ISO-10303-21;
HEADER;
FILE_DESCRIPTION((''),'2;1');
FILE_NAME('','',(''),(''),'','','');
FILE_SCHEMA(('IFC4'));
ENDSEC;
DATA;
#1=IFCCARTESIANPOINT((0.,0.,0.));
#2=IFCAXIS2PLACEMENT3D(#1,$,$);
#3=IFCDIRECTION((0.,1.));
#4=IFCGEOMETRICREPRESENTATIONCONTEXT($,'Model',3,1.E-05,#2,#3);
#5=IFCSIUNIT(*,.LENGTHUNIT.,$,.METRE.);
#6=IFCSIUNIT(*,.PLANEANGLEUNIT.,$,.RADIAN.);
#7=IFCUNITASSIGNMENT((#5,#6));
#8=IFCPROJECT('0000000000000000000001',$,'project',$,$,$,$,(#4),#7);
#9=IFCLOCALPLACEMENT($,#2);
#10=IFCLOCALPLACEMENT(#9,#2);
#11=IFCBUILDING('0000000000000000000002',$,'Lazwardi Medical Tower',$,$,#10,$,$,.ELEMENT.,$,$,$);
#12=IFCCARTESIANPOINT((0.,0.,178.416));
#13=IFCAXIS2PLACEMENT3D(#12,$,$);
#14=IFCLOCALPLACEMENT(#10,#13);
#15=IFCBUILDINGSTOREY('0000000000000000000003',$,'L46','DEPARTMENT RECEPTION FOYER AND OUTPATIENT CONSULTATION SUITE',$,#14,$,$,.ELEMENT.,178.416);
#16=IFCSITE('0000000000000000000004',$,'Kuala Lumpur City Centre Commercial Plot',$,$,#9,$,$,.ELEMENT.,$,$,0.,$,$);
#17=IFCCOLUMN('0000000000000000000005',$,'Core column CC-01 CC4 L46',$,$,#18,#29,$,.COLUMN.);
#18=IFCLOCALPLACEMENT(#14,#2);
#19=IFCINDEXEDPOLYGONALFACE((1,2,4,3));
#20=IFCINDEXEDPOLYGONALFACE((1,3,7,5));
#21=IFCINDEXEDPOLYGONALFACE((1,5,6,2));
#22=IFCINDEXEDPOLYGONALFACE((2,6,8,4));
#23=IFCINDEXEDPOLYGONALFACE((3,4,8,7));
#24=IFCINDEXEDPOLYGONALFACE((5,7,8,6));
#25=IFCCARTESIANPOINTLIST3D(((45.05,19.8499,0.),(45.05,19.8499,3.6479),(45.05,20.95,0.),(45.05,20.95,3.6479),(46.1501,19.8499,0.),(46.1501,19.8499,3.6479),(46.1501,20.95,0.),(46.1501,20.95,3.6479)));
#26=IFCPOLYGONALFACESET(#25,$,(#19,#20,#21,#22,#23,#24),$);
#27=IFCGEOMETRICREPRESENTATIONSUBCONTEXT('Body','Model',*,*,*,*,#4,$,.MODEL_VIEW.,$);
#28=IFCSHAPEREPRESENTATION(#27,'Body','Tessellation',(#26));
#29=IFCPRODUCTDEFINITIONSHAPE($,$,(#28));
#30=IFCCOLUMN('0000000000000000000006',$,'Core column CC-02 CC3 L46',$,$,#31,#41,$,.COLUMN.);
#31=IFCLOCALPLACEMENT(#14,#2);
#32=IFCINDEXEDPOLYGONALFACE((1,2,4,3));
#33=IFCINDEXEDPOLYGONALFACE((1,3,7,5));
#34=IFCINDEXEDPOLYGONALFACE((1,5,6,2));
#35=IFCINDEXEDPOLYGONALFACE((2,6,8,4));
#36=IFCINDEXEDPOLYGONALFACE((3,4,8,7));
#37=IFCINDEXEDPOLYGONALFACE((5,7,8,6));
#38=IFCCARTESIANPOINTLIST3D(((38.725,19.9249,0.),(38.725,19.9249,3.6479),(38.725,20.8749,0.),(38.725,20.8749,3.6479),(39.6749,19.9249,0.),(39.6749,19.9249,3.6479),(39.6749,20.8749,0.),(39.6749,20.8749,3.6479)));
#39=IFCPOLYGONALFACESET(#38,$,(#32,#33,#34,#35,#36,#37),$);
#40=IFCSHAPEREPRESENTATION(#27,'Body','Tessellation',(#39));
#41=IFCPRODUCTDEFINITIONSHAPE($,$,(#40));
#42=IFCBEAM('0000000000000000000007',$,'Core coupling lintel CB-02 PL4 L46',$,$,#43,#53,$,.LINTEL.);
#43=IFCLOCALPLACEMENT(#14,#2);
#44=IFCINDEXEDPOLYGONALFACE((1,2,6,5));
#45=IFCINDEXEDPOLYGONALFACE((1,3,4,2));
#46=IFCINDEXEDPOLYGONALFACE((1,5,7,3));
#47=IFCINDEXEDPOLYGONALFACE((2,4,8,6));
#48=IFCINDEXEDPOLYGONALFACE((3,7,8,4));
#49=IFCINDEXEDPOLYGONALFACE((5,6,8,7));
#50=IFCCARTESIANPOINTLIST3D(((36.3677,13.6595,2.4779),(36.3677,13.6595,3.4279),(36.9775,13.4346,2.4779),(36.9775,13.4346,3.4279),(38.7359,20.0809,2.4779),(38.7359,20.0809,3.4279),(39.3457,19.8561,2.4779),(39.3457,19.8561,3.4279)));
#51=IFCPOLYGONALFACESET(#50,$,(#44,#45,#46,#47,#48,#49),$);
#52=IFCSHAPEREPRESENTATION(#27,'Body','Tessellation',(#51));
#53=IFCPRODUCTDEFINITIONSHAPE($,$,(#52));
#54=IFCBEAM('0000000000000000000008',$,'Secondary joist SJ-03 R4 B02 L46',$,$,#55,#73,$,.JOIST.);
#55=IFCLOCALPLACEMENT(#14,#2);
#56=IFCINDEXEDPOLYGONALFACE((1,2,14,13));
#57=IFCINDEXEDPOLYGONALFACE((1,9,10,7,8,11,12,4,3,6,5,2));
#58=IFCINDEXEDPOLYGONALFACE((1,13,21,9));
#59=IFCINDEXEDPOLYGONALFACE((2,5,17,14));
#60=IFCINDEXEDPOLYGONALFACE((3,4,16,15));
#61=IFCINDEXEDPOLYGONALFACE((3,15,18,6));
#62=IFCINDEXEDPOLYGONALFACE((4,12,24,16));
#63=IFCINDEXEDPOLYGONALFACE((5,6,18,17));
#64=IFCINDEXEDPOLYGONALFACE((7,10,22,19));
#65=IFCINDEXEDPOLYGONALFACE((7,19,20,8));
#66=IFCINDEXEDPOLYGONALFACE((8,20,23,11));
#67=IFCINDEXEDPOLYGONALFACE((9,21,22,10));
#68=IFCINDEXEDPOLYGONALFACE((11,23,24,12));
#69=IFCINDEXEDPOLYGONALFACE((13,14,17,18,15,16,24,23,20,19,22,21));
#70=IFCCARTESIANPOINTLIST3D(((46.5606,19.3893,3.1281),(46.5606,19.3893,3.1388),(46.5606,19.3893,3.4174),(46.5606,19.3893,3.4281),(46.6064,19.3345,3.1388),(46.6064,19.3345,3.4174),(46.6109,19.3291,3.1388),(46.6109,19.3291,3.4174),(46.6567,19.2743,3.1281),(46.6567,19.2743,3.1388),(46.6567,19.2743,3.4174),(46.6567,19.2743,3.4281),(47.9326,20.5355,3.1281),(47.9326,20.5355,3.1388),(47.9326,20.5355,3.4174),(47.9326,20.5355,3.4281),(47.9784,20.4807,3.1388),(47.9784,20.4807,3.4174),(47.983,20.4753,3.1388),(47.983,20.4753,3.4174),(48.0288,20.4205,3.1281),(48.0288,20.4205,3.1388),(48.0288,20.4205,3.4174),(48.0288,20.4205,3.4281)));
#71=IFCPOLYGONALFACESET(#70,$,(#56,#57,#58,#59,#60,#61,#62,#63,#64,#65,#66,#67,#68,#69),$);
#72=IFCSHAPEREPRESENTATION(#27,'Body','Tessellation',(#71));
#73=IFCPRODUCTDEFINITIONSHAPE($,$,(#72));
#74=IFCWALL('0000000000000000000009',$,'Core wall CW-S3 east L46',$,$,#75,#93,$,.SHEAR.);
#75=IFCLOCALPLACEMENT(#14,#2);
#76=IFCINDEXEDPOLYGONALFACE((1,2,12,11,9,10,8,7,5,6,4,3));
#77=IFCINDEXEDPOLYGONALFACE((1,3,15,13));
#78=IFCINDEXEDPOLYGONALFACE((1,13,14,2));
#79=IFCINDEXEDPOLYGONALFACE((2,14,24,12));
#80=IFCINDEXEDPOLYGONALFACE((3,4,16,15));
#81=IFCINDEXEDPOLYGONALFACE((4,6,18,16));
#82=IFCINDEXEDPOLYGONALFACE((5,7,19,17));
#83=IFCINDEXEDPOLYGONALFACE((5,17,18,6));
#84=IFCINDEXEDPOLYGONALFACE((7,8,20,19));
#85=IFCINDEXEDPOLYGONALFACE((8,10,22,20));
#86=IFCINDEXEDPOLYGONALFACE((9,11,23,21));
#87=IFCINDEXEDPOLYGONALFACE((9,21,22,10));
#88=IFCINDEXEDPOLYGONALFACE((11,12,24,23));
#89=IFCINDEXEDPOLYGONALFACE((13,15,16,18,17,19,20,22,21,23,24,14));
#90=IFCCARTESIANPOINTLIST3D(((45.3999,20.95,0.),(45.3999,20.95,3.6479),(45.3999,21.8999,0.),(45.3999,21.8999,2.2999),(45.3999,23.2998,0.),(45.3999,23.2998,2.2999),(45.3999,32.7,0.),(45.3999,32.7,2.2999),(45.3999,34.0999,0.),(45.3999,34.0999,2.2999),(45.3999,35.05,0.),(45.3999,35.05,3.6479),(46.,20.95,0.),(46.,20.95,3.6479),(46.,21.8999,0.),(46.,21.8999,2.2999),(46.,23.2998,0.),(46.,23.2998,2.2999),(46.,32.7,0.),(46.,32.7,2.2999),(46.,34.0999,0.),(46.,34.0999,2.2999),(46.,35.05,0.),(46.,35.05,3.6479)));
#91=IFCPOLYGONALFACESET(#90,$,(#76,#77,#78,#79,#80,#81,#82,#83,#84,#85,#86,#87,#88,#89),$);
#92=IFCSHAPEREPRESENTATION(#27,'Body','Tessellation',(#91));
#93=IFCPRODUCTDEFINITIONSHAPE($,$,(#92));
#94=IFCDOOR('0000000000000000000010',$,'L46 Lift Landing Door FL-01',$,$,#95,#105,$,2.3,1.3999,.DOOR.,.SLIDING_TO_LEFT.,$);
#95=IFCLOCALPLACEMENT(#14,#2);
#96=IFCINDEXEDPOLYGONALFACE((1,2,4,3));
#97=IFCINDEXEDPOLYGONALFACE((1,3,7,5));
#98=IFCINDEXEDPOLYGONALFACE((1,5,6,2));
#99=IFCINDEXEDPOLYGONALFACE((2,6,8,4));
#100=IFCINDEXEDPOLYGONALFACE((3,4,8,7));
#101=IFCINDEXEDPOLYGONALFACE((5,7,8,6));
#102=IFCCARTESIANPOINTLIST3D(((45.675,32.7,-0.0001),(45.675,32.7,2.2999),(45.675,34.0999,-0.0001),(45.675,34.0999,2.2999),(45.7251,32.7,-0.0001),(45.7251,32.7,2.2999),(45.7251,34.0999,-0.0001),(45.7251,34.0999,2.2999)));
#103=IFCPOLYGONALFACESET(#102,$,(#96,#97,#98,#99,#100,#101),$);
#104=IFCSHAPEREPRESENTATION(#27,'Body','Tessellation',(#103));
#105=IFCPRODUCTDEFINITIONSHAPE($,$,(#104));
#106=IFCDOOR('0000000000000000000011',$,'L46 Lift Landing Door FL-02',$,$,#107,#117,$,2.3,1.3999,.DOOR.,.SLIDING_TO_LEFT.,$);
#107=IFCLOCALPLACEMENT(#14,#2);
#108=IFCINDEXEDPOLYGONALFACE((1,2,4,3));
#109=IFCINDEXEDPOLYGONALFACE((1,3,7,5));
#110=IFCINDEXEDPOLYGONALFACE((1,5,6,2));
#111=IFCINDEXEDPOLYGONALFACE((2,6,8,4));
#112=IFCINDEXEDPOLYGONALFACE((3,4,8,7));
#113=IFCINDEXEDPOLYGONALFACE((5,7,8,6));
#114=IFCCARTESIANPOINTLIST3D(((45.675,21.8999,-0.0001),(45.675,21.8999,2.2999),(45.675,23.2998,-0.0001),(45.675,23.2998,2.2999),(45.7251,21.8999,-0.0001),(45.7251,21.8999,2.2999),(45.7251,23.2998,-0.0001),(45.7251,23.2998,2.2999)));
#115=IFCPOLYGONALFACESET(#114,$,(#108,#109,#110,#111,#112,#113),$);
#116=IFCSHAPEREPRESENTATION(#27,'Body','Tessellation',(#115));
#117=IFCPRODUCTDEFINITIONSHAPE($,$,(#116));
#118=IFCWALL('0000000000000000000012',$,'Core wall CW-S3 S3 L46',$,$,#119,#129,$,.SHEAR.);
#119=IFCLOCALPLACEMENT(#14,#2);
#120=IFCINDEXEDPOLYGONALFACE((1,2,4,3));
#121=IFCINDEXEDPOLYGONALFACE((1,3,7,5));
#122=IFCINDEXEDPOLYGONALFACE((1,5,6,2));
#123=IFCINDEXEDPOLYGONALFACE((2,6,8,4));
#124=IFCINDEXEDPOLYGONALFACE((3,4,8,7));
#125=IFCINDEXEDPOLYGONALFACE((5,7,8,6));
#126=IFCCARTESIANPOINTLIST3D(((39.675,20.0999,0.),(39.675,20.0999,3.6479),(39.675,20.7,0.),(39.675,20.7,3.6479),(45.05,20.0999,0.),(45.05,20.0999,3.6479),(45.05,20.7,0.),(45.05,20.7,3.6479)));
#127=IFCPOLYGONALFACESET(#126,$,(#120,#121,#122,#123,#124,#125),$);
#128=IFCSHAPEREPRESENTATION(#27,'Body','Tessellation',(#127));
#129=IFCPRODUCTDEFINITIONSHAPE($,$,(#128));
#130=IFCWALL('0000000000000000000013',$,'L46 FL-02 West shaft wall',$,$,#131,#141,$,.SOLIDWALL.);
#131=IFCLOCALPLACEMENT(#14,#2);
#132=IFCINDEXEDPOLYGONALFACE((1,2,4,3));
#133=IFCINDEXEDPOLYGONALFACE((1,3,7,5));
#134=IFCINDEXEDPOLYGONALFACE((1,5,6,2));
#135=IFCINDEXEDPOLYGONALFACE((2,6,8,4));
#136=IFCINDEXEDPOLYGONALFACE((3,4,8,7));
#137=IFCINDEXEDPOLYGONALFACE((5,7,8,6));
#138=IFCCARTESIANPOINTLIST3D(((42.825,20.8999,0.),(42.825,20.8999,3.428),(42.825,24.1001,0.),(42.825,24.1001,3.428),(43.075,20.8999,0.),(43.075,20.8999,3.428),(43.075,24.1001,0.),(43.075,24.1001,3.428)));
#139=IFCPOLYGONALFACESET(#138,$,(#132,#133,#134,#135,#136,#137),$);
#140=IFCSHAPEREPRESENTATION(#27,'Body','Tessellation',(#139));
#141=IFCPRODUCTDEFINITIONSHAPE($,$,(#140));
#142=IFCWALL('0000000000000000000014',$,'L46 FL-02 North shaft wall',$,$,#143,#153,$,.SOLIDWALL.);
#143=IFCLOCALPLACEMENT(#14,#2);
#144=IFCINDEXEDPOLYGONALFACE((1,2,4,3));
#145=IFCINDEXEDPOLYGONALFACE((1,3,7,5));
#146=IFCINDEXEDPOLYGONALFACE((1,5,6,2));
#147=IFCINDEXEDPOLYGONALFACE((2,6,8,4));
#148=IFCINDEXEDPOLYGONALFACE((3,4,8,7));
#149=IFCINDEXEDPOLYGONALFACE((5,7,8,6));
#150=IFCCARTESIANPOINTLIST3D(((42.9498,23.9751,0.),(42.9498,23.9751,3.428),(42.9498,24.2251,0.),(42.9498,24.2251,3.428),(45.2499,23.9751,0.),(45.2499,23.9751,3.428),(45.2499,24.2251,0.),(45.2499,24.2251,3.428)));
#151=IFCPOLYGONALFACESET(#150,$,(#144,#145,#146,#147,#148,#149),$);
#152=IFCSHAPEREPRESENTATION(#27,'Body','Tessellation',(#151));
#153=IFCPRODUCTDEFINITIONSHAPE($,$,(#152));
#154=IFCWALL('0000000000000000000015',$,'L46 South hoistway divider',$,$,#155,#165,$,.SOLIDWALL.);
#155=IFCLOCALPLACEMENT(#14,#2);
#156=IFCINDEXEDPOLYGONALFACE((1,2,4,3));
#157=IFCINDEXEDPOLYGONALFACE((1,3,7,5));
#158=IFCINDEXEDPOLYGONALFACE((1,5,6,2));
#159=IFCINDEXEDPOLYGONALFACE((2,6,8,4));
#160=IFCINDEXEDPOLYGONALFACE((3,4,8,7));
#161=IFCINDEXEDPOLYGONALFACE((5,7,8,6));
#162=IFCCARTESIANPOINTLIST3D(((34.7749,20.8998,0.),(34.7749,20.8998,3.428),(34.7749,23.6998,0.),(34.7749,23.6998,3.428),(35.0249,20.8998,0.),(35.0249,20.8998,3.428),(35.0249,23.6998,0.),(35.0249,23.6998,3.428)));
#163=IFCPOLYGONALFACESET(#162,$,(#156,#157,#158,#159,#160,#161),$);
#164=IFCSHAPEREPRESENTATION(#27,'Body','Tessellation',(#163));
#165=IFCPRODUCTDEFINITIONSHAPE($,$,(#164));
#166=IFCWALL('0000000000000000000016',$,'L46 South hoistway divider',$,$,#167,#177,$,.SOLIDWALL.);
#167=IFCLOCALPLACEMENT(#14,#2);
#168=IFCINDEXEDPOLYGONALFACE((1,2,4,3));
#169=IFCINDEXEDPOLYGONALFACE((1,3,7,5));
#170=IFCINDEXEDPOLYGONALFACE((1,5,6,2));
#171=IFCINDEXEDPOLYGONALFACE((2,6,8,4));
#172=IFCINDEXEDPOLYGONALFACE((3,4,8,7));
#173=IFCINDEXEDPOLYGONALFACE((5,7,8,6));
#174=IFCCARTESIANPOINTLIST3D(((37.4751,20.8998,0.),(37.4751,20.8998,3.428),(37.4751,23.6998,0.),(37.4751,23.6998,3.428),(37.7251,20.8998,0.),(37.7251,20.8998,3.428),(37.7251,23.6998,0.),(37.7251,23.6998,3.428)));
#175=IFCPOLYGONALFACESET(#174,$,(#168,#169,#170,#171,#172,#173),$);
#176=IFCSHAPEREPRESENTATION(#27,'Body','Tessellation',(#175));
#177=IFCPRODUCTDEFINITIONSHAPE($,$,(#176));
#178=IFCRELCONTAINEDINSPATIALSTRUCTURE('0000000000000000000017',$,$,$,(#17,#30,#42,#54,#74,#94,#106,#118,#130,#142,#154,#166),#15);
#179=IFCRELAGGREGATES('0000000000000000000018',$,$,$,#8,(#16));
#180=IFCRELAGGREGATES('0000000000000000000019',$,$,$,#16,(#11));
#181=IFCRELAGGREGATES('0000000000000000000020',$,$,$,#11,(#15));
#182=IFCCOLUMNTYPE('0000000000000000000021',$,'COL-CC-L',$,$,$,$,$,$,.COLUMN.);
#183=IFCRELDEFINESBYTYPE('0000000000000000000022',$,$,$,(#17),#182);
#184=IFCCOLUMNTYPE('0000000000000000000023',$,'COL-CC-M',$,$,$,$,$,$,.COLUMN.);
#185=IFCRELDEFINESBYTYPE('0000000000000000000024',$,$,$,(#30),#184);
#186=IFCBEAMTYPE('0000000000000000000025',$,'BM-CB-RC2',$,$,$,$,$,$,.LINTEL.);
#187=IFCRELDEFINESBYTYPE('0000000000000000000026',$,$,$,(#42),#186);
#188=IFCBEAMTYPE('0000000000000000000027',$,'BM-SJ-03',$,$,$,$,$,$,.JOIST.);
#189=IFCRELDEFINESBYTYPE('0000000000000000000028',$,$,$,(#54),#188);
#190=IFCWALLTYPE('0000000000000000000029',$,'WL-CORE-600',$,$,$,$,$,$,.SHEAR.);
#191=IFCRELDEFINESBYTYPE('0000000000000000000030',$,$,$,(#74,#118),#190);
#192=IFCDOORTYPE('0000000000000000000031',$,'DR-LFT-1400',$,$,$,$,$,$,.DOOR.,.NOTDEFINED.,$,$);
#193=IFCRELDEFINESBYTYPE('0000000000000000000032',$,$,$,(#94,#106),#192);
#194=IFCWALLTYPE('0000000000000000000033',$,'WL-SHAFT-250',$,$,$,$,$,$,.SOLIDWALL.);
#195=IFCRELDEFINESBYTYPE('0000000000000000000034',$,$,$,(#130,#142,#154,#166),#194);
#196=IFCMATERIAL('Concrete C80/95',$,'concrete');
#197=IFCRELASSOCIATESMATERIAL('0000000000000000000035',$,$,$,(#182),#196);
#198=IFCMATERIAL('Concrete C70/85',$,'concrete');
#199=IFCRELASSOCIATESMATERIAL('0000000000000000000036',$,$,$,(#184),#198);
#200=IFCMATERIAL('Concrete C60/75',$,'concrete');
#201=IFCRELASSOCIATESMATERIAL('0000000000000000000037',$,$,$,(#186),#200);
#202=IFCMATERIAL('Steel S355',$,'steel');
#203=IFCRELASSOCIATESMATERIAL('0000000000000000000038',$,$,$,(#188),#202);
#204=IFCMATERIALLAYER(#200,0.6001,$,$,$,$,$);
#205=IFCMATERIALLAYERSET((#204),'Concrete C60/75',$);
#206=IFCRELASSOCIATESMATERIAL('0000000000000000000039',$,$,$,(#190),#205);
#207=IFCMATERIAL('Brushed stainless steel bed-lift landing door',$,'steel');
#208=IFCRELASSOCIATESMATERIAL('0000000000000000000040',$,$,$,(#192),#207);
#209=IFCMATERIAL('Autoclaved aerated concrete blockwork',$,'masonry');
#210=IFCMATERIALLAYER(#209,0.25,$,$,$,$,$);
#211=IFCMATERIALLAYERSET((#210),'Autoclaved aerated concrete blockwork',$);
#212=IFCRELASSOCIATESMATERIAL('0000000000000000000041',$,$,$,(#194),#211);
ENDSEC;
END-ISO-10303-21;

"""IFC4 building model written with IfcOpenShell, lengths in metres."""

from ifc_helpers import new_model, si_unit, direction, frame, frame_2d, origin, origin_2d, place, context, subcontext, project, spatial, rectangle, i_section, extrude, material, layer, layer_set, material_profile, profile_set, type_object, element, fill, save


model = new_model("IFC4")

# Units and contexts
model_context = context("Model", 3, precision=1e-05, world=origin(), true_north=direction((0.0, 1.0)))
body_context = subcontext(model_context, "Body", "Model", "MODEL_VIEW")
ifc_project = project(units=[si_unit("LENGTHUNIT", "METRE"), si_unit("PLANEANGLEUNIT", "RADIAN")], contexts=[model_context])

# Site, building, storey
site_placement = place(None, origin())
site = spatial("IfcSite", under=ifc_project, at=site_placement, Name="Kuala Lumpur City Centre Commercial Plot", CompositionType="ELEMENT", RefElevation=0.0)
building_placement = place(site_placement, origin())
building = spatial("IfcBuilding", under=site, at=building_placement, Name="Lazwardi Medical Tower", CompositionType="ELEMENT")
storey_placement = place(building_placement, frame((0.0, 0.0, 178.416)))
storey = spatial("IfcBuildingStorey", under=building, at=storey_placement, Name="L46", Description="DEPARTMENT RECEPTION FOYER AND OUTPATIENT CONSULTATION SUITE", CompositionType="ELEMENT", Elevation=178.416)

# Columns
ifc_material_1 = material(Name="Concrete C80/95", Category="concrete")
ifc_material_profile_1 = material_profile(ifc_material_1, rectangle(XDim=1.1001, YDim=1.1001, at=origin_2d()), Name="RC 1100x1100")
ifc_profile_set_1 = profile_set([ifc_material_profile_1], Name="Concrete C80/95")
column_type_1 = type_object("IfcColumnType", Name="COL-CC-L", PredefinedType="COLUMN", material=ifc_profile_set_1)
column_1_placement = place(storey_placement, frame((45.6001, 20.3999, 0.0), z_axis=(0.0, 0.0, 1.0), x_axis=(1.0, 0.0, 0.0)))
element("IfcColumn", 1, at=column_1_placement, inside=storey, type_object=column_type_1, Name="Core column CC-01 CC4 L46", PredefinedType="COLUMN", context=body_context, shape_type="SweptSolid", body=[
    extrude(rectangle(XDim=1.1001, YDim=1.1001, at=origin_2d()), origin(), (0.0, 0.0, 1.0), 3.6479),
])
ifc_material_2 = material(Name="Concrete C70/85", Category="concrete")
ifc_material_profile_2 = material_profile(ifc_material_2, rectangle(XDim=0.95, YDim=0.95, at=origin_2d()), Name="RC 950x950")
ifc_profile_set_2 = profile_set([ifc_material_profile_2], Name="Concrete C70/85")
column_type_2 = type_object("IfcColumnType", Name="COL-CC-M", PredefinedType="COLUMN", material=ifc_profile_set_2)
column_2_placement = place(storey_placement, frame((39.2, 20.3999, 0.0), z_axis=(0.0, 0.0, 1.0), x_axis=(1.0, 0.0, 0.0)))
element("IfcColumn", 2, at=column_2_placement, inside=storey, type_object=column_type_2, Name="Core column CC-02 CC3 L46", PredefinedType="COLUMN", context=body_context, shape_type="SweptSolid", body=[
    extrude(rectangle(XDim=0.95, YDim=0.95, at=origin_2d()), origin(), (0.0, 0.0, 1.0), 3.6479),
])

# Beams
ifc_material_3 = material(Name="Concrete C60/75", Category="concrete")
ifc_material_profile_3 = material_profile(ifc_material_3, rectangle(XDim=0.6499, YDim=0.95, at=origin_2d()), Name="RC 650x950")
ifc_profile_set_3 = profile_set([ifc_material_profile_3], Name="Concrete C60/75")
beam_type_1 = type_object("IfcBeamType", Name="BM-CB-RC2", PredefinedType="LINTEL", material=ifc_profile_set_3)
beam_1_placement = place(storey_placement, frame((39.0408, 19.9685, 2.9529), z_axis=(-0.346013, -0.93823, 0.0), x_axis=(0.93823, -0.346013, 0.0)))
element("IfcBeam", 3, at=beam_1_placement, inside=storey, type_object=beam_type_1, Name="Core coupling lintel CB-02 PL4 L46", PredefinedType="LINTEL", context=body_context, shape_type="SweptSolid", body=[
    extrude(rectangle(XDim=0.6499, YDim=0.95, at=origin_2d()), origin(), (0.0, 0.0, 1.0), 6.8442),
])
ifc_material_4 = material(Name="Steel S355", Category="steel")
ifc_material_profile_4 = material_profile(ifc_material_4, i_section(OverallWidth=0.1499, OverallDepth=0.3, WebThickness=0.0071, FlangeThickness=0.0107, at=origin_2d()), Name="IPE 300")
ifc_profile_set_4 = profile_set([ifc_material_profile_4], Name="Steel S355")
beam_type_2 = type_object("IfcBeamType", Name="BM-SJ-03", PredefinedType="JOIST", material=ifc_profile_set_4)
beam_2_placement = place(storey_placement, frame((46.6086, 19.3318, 3.2781), z_axis=(0.767437, 0.641124, 0.0), x_axis=(-0.641124, 0.767437, 0.0)))
element("IfcBeam", 4, at=beam_2_placement, inside=storey, type_object=beam_type_2, Name="Secondary joist SJ-03 R4 B02 L46", PredefinedType="JOIST", context=body_context, shape_type="SweptSolid", body=[
    extrude(i_section(OverallWidth=0.1499, OverallDepth=0.3, WebThickness=0.0071, FlangeThickness=0.0107, at=origin_2d()), origin(), (0.0, 0.0, 1.0), 1.7878),
])

# Wall, openings, doors
ifc_layer_1 = layer(ifc_material_3, 0.6001)
ifc_layer_set_1 = layer_set([ifc_layer_1], Name="Concrete C60/75")
wall_type_1 = type_object("IfcWallType", Name="WL-CORE-600", PredefinedType="SHEAR", material=ifc_layer_set_1)
wall_1_placement = place(storey_placement, frame((45.7, 20.95, 0.0), z_axis=(0.0, 0.0, 1.0), x_axis=(0.0, 1.0, 0.0)))
wall_1 = element("IfcWall", 5, at=wall_1_placement, inside=storey, type_object=wall_type_1, Name="Core wall CW-S3 east L46", PredefinedType="SHEAR", context=body_context, shape_type="SweptSolid", body=[
    extrude(rectangle(XDim=14.1001, YDim=0.6001, at=frame_2d((7.05, 0.0))), origin(), (0.0, 0.0, 1.0), 3.6479),
])
opening_1_placement = place(wall_1_placement, frame((11.75, 0.0, 0.0)))
opening_1 = element("IfcOpeningElement", 6, at=opening_1_placement, cuts=wall_1, PredefinedType="OPENING", context=body_context, shape_type="SweptSolid", body=[
    extrude(rectangle(XDim=1.3999, YDim=2.3, at=frame_2d((0.7, 1.1499))), frame((0.0, 0.3101, 0.0), z_axis=(0.0, -1.0, 0.0), x_axis=(1.0, 0.0, 0.0)), (0.0, 0.0, 1.0), 0.6201),
])
opening_2_placement = place(wall_1_placement, frame((0.95, 0.0, 0.0)))
opening_2 = element("IfcOpeningElement", 7, at=opening_2_placement, cuts=wall_1, PredefinedType="OPENING", context=body_context, shape_type="SweptSolid", body=[
    extrude(rectangle(XDim=1.3999, YDim=2.3, at=frame_2d((0.7, 1.1499))), frame((0.0, 0.3101, 0.0), z_axis=(0.0, -1.0, 0.0), x_axis=(1.0, 0.0, 0.0)), (0.0, 0.0, 1.0), 0.6201),
])
ifc_material_5 = material(Name="Brushed stainless steel bed-lift landing door", Category="steel")
door_type_1 = type_object("IfcDoorType", Name="DR-LFT-1400", OperationType="NOTDEFINED", PredefinedType="DOOR", material=ifc_material_5)
door_1_placement = place(opening_1_placement, origin())
door_1 = element("IfcDoor", 8, at=door_1_placement, inside=storey, type_object=door_type_1, Name="L46 Lift Landing Door FL-01", OperationType="SLIDING_TO_LEFT", OverallHeight=2.3, OverallWidth=1.3999, PredefinedType="DOOR", context=body_context, shape_type="SweptSolid", body=[
    extrude(rectangle(XDim=1.3999, YDim=2.3, at=frame_2d((0.7, 1.1499))), frame((0.0, 0.0249, 0.0), z_axis=(0.0, -1.0, 0.0), x_axis=(1.0, 0.0, 0.0)), (0.0, 0.0, 1.0), 0.05),
])
fill(opening_1, door_1)
door_2_placement = place(opening_2_placement, origin())
door_2 = element("IfcDoor", 9, at=door_2_placement, inside=storey, type_object=door_type_1, Name="L46 Lift Landing Door FL-02", OperationType="SLIDING_TO_LEFT", OverallHeight=2.3, OverallWidth=1.3999, PredefinedType="DOOR", context=body_context, shape_type="SweptSolid", body=[
    extrude(rectangle(XDim=1.3999, YDim=2.3, at=frame_2d((0.7, 1.1499))), frame((0.0, 0.0249, 0.0), z_axis=(0.0, -1.0, 0.0), x_axis=(1.0, 0.0, 0.0)), (0.0, 0.0, 1.0), 0.05),
])
fill(opening_2, door_2)

# Walls
wall_2_placement = place(storey_placement, frame((39.675, 20.3999, 0.0), z_axis=(0.0, 0.0, 1.0), x_axis=(1.0, 0.0, 0.0)))
element("IfcWall", 10, at=wall_2_placement, inside=storey, type_object=wall_type_1, Name="Core wall CW-S3 S3 L46", PredefinedType="SHEAR", context=body_context, shape_type="SweptSolid", body=[
    extrude(rectangle(XDim=5.375, YDim=0.6001, at=frame_2d((2.6875, 0.0))), origin(), (0.0, 0.0, 1.0), 3.6479),
])
ifc_material_6 = material(Name="Autoclaved aerated concrete blockwork", Category="masonry")
ifc_layer_2 = layer(ifc_material_6, 0.25)
ifc_layer_set_2 = layer_set([ifc_layer_2], Name="Autoclaved aerated concrete blockwork")
wall_type_2 = type_object("IfcWallType", Name="WL-SHAFT-250", PredefinedType="SOLIDWALL", material=ifc_layer_set_2)
wall_3_placement = place(storey_placement, frame((42.95, 20.8999, 0.0), z_axis=(0.0, 0.0, 1.0), x_axis=(0.0, 1.0, 0.0)))
element("IfcWall", 11, at=wall_3_placement, inside=storey, type_object=wall_type_2, Name="L46 FL-02 West shaft wall", PredefinedType="SOLIDWALL", context=body_context, shape_type="SweptSolid", body=[
    extrude(rectangle(XDim=3.2002, YDim=0.25, at=frame_2d((1.6001, 0.0))), origin(), (0.0, 0.0, 1.0), 3.428),
])
wall_4_placement = place(storey_placement, frame((42.95, 24.1001, 0.0), z_axis=(0.0, 0.0, 1.0), x_axis=(1.0, 0.0, 0.0)))
element("IfcWall", 12, at=wall_4_placement, inside=storey, type_object=wall_type_2, Name="L46 FL-02 North shaft wall", PredefinedType="SOLIDWALL", context=body_context, shape_type="SweptSolid", body=[
    extrude(rectangle(XDim=2.3, YDim=0.25, at=frame_2d((1.1499, 0.0))), origin(), (0.0, 0.0, 1.0), 3.428),
])
for number, where, z_axis, x_axis, name in (
    (13, (34.8999, 20.8999, 0.0), (0.0, 0.0, 1.0), (0.0, 1.0, 0.0), "L46 South hoistway divider"),
    (14, (37.6001, 20.8999, 0.0), (0.0, 0.0, 1.0), (0.0, 1.0, 0.0), "L46 South hoistway divider"),
):
    element("IfcWall", number, at=place(storey_placement, frame(where, z_axis=z_axis, x_axis=x_axis)), inside=storey, type_object=wall_type_2, Name=name, PredefinedType="SOLIDWALL", context=body_context, shape_type="SweptSolid", body=[
        extrude(rectangle(XDim=2.8, YDim=0.25, at=frame_2d((1.3999, 0.0))), origin(), (0.0, 0.0, 1.0), 3.428),
    ])

save(model, "model.ifc")
